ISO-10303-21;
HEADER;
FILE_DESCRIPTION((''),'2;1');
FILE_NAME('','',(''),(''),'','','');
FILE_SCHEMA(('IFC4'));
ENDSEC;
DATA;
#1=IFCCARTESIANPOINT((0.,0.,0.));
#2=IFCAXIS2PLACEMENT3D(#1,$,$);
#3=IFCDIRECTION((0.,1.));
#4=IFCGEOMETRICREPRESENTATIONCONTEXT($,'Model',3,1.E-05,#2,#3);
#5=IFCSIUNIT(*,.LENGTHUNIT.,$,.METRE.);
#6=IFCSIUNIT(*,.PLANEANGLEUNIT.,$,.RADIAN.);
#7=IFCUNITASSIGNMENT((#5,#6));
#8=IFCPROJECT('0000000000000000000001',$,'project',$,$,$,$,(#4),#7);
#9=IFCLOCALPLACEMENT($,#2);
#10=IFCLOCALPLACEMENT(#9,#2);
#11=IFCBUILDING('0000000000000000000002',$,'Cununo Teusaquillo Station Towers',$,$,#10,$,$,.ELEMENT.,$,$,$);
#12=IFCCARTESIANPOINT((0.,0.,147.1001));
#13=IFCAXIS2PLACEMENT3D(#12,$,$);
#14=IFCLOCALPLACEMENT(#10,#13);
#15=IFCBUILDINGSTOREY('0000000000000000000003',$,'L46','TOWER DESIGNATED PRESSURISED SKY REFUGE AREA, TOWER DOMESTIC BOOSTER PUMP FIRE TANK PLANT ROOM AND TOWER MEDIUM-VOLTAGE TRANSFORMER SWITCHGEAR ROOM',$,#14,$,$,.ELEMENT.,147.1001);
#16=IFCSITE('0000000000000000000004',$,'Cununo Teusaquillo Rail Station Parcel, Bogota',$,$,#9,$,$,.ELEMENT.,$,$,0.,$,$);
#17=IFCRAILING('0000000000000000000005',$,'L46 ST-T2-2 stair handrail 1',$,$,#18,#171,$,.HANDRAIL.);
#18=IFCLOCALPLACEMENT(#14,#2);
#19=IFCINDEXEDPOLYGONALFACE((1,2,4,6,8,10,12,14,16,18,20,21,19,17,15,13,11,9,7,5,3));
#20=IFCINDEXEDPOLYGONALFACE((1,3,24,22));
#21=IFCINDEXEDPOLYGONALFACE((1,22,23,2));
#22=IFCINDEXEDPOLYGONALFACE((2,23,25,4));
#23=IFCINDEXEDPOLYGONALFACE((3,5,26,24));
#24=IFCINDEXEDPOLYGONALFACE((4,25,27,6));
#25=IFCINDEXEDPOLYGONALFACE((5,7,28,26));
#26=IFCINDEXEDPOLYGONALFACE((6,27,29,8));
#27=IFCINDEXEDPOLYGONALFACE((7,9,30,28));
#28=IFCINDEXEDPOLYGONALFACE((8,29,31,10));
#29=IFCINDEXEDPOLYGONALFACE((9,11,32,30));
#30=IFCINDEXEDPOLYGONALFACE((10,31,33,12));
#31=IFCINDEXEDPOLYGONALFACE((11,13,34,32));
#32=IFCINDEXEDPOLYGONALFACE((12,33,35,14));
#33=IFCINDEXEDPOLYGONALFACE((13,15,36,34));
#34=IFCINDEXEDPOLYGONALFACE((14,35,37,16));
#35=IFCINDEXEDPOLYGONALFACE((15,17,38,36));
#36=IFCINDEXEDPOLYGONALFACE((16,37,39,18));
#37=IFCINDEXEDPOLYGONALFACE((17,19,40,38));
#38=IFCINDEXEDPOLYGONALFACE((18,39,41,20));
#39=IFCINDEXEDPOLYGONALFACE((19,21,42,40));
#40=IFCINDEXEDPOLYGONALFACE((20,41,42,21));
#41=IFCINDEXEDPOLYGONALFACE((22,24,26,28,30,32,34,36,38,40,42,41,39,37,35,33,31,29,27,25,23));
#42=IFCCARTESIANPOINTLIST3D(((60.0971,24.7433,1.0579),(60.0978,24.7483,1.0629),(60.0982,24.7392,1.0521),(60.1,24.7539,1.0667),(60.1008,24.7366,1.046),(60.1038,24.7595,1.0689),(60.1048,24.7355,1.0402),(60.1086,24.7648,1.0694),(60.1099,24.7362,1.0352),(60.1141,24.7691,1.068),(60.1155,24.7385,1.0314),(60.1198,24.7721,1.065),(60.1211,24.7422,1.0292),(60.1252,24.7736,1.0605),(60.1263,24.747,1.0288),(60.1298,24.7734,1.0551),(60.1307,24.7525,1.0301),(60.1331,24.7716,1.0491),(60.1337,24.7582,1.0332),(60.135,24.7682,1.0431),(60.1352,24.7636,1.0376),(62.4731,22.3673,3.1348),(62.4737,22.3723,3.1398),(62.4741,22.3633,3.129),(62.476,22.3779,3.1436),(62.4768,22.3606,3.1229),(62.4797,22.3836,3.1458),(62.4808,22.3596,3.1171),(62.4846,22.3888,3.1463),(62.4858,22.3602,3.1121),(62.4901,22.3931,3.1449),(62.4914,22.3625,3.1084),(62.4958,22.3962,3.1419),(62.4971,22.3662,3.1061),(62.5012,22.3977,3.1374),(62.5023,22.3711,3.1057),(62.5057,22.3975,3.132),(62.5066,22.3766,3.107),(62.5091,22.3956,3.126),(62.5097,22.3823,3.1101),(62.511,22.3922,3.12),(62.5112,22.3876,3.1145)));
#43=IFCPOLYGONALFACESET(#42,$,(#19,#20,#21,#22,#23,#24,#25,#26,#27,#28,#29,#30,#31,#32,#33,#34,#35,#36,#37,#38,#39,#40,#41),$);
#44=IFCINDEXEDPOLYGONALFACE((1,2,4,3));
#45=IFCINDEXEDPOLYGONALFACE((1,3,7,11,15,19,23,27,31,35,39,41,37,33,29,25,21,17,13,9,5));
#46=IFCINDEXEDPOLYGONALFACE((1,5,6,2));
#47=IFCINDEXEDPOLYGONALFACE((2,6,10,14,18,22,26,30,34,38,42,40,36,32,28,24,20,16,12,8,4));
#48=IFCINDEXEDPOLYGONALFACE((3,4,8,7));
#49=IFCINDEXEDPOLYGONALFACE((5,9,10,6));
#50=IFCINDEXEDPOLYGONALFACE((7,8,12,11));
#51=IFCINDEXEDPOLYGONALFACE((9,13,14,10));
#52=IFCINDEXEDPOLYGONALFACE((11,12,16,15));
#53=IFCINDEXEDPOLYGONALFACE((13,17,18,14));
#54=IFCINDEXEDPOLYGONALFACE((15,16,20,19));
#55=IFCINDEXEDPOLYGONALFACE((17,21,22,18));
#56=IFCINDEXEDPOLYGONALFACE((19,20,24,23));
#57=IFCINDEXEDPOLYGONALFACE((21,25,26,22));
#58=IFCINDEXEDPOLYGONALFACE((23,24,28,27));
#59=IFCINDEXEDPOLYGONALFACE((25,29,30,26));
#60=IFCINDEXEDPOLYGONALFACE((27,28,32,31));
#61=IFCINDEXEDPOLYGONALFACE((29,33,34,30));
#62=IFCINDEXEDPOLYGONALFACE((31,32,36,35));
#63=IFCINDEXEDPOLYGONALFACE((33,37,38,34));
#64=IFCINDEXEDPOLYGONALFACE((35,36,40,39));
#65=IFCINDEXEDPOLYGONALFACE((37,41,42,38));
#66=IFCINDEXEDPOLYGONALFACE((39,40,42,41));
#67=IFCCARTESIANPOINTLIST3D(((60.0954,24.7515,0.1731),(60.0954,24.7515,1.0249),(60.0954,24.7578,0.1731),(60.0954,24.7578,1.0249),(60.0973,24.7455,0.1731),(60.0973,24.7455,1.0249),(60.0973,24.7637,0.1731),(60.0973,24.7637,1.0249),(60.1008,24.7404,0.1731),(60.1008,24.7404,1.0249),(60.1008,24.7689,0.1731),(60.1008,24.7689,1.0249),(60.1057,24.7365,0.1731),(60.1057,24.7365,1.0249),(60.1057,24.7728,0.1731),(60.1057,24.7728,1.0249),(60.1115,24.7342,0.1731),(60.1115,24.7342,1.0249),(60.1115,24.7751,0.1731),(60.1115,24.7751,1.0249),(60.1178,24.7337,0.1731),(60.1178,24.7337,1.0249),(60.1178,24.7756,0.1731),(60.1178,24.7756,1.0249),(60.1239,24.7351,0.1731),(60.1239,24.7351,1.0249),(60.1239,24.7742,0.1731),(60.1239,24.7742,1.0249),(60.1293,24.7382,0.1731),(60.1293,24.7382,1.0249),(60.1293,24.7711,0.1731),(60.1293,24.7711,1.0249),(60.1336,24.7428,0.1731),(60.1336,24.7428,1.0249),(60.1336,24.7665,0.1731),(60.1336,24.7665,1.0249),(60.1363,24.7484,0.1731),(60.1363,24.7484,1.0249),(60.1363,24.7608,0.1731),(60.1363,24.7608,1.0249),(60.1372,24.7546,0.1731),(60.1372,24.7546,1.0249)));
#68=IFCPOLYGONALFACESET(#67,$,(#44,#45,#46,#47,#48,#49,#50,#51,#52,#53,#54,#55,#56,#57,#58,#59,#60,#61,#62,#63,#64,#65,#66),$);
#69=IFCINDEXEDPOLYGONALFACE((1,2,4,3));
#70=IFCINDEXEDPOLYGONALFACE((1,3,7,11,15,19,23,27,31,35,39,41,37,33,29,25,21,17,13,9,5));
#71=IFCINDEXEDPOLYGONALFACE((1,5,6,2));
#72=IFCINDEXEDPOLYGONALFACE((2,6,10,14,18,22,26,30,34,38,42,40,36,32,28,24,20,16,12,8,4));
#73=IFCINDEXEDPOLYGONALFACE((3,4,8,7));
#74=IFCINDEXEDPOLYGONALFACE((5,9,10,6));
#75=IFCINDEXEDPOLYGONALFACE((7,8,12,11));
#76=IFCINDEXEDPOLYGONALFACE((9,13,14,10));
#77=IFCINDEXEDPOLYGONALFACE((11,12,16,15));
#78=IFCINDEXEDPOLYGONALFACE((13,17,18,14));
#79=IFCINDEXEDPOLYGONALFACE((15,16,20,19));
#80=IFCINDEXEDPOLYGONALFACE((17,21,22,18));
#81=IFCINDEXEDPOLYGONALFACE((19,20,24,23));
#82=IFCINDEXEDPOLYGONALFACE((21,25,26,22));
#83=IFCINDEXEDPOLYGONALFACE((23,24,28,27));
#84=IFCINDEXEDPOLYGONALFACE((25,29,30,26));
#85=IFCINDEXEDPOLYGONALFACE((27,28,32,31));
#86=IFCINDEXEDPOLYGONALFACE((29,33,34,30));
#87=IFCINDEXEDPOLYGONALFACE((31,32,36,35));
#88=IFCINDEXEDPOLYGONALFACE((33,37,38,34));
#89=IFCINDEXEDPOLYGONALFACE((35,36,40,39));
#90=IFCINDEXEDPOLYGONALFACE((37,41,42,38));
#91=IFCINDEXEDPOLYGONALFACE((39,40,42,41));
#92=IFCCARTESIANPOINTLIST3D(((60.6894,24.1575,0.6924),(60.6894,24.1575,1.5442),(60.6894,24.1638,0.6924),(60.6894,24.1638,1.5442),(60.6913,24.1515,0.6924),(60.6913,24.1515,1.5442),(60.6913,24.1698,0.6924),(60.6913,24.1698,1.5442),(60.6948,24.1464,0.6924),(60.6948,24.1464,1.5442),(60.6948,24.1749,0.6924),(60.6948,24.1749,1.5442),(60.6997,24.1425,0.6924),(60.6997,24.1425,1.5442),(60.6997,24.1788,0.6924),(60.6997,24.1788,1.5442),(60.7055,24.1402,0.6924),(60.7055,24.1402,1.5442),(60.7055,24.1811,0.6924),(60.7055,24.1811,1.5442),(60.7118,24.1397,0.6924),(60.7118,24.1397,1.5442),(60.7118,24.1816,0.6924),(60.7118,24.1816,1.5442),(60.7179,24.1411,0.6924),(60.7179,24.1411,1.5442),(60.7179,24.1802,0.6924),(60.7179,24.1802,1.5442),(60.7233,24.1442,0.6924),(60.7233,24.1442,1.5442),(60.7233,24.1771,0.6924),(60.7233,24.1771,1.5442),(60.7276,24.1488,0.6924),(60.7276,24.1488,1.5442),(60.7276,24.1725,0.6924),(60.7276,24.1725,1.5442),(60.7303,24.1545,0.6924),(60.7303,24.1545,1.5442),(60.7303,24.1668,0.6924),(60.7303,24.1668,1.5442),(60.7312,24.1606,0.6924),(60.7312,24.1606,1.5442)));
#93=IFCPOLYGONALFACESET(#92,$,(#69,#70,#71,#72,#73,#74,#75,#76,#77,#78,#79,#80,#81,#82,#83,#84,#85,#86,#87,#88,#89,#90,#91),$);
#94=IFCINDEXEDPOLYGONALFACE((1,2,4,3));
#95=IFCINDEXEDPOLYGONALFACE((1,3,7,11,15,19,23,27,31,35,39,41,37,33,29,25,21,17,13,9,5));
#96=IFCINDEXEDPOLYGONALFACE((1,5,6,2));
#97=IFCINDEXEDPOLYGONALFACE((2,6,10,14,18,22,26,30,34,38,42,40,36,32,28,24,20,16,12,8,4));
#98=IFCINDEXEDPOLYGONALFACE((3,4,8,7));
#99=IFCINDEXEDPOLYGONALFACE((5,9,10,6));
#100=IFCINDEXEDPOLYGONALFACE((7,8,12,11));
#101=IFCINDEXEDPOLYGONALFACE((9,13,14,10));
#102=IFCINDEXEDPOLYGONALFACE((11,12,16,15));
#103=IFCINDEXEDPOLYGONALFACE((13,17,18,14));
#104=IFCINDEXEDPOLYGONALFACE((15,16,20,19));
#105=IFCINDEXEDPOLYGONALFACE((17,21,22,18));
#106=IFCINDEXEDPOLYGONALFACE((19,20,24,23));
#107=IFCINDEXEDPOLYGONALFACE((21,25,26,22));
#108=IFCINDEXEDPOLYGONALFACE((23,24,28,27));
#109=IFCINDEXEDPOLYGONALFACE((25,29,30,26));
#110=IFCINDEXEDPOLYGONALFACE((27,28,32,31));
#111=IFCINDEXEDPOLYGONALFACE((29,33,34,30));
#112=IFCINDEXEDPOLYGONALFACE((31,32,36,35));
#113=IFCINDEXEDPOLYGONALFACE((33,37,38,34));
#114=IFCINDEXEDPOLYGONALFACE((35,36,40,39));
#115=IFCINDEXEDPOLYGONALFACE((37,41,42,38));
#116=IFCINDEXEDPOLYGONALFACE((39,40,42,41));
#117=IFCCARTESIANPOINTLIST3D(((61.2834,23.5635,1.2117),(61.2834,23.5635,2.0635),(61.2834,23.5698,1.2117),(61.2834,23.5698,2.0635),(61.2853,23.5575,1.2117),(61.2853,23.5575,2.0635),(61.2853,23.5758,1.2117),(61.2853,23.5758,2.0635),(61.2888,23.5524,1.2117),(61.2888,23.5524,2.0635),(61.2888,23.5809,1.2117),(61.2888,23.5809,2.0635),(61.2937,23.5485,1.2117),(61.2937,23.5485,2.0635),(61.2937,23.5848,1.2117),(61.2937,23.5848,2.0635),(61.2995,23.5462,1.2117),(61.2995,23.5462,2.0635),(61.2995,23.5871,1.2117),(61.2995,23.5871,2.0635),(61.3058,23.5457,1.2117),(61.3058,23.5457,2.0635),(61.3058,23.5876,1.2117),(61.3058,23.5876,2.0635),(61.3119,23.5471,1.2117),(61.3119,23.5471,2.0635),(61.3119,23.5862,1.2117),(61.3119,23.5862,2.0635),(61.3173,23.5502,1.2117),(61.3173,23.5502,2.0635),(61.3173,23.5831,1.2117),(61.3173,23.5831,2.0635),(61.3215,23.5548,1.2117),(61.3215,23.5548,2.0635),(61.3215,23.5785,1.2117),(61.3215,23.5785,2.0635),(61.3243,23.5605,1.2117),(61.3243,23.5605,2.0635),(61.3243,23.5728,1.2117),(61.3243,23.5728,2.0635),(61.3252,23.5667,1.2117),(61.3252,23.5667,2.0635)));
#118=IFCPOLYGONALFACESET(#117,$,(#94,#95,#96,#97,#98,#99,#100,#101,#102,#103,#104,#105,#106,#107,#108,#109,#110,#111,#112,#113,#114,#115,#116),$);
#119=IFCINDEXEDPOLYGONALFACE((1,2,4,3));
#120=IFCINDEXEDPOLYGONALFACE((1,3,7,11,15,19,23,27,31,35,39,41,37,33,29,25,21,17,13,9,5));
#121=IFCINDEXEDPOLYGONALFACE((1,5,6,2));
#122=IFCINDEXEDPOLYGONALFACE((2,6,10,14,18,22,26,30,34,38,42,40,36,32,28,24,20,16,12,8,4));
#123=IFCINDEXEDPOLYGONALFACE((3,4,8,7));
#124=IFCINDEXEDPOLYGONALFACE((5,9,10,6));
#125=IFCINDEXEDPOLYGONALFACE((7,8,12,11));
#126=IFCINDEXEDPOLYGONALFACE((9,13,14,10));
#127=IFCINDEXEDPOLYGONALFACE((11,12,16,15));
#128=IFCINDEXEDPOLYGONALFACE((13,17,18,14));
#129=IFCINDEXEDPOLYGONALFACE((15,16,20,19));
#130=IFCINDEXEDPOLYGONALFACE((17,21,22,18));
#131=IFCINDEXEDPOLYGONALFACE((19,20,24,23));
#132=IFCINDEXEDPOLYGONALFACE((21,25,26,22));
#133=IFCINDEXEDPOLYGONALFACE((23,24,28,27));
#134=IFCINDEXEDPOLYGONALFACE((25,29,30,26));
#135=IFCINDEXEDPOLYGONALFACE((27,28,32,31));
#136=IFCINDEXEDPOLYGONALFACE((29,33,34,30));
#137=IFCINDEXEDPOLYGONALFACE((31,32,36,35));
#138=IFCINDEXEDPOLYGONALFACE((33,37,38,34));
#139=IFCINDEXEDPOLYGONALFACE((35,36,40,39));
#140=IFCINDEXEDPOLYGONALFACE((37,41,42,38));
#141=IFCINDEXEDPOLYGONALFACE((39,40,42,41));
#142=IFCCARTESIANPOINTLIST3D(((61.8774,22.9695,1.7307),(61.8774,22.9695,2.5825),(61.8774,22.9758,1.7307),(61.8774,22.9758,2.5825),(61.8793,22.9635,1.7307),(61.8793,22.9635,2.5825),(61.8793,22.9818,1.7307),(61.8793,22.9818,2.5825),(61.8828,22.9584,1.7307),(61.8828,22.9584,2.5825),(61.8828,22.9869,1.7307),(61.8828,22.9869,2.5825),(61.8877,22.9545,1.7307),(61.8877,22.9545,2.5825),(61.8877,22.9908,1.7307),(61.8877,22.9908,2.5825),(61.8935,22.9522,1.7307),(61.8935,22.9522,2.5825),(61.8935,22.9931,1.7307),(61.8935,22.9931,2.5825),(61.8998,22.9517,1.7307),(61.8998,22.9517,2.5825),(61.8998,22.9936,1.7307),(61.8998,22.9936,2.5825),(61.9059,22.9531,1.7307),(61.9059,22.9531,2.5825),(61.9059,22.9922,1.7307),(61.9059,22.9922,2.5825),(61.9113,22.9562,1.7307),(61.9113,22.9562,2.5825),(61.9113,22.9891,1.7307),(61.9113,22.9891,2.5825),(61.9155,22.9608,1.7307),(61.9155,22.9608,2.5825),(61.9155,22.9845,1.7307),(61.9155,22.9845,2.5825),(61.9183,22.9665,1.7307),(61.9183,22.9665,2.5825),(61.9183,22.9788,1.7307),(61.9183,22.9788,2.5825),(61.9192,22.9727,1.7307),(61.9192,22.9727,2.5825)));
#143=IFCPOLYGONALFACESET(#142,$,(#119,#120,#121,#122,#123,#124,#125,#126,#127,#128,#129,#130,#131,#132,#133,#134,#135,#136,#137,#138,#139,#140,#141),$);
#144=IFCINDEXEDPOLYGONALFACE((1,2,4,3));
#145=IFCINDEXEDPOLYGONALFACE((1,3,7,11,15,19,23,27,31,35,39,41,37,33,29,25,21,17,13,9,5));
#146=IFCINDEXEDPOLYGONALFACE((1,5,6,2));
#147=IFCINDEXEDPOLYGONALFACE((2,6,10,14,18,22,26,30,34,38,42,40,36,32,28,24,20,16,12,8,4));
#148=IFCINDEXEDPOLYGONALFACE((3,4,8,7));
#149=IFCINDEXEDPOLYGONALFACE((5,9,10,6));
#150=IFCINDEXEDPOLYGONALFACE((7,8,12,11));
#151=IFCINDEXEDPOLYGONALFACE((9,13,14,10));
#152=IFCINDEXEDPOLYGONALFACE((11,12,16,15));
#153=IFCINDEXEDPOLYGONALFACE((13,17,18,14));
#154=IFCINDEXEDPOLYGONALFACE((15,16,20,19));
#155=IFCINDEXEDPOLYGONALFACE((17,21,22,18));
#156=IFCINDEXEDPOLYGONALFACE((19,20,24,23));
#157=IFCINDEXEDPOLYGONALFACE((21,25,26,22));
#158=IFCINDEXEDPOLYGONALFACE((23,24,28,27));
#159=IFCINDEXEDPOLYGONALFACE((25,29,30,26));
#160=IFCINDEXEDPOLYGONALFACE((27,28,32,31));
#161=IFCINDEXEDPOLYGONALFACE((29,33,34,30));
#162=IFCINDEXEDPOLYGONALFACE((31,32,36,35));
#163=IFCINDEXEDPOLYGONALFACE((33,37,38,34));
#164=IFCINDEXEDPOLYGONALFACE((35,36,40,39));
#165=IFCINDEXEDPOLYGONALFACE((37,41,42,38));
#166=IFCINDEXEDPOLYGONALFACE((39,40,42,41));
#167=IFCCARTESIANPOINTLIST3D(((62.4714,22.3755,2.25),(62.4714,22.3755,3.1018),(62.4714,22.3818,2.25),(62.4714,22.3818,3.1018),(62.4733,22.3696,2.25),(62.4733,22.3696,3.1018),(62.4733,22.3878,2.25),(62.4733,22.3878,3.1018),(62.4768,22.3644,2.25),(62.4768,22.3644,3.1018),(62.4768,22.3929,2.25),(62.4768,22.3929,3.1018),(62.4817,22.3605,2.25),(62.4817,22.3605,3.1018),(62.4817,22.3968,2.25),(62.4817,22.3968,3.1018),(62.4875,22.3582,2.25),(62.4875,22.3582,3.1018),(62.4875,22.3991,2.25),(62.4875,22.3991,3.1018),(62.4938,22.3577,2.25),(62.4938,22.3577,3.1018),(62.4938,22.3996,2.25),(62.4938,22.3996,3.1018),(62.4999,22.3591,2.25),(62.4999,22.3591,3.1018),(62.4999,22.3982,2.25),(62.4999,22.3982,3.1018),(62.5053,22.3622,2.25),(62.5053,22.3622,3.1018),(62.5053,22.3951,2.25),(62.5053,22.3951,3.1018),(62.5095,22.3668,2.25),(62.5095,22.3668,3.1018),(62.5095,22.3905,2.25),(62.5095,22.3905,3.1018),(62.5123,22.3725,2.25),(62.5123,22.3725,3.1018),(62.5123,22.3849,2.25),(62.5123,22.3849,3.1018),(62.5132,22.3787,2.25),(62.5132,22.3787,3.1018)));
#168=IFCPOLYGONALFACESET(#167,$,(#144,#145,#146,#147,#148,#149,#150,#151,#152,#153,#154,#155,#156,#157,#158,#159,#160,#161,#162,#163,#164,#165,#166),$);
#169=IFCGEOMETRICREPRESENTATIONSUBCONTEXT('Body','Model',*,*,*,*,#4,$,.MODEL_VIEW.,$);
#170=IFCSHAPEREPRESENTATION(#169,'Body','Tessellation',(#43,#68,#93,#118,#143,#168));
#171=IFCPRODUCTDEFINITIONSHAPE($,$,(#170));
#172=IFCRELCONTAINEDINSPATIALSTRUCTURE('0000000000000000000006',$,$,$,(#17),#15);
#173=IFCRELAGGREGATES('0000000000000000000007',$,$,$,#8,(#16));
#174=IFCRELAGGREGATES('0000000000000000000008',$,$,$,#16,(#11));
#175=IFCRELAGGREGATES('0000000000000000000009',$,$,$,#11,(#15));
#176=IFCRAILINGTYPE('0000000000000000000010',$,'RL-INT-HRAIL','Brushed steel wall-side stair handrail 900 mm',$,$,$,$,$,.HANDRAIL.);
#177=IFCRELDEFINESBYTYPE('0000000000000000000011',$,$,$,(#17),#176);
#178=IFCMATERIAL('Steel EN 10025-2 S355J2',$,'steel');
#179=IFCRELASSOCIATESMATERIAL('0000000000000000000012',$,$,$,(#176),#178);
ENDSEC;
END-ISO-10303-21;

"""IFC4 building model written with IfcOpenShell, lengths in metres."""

from ifc_helpers import new_model, si_unit, direction, frame, origin, origin_2d, place, context, subcontext, project, spatial, circle, extrude, material, type_object, element, save


model = new_model("IFC4")

# Units and contexts
model_context = context("Model", 3, precision=1e-05, world=origin(), true_north=direction((0.0, 1.0)))
body_context = subcontext(model_context, "Body", "Model", "MODEL_VIEW")
ifc_project = project(units=[si_unit("LENGTHUNIT", "METRE"), si_unit("PLANEANGLEUNIT", "RADIAN")], contexts=[model_context])

# Site, building, storey
site_placement = place(None, origin())
site = spatial("IfcSite", under=ifc_project, at=site_placement, Name="Cununo Teusaquillo Rail Station Parcel, Bogota", CompositionType="ELEMENT", RefElevation=0.0)
building_placement = place(site_placement, origin())
building = spatial("IfcBuilding", under=site, at=building_placement, Name="Cununo Teusaquillo Station Towers", CompositionType="ELEMENT")
storey_placement = place(building_placement, frame((0.0, 0.0, 147.1001)))
storey = spatial("IfcBuildingStorey", under=building, at=storey_placement, Name="L46", Description="TOWER DESIGNATED PRESSURISED SKY REFUGE AREA, TOWER DOMESTIC BOOSTER PUMP FIRE TANK PLANT ROOM AND TOWER MEDIUM-VOLTAGE TRANSFORMER SWITCHGEAR ROOM", CompositionType="ELEMENT", Elevation=147.1001)

# Railing
ifc_material_1 = material(Name="Steel EN 10025-2 S355J2", Category="steel")
railing_type_1 = type_object("IfcRailingType", Name="RL-INT-HRAIL", Description="Brushed steel wall-side stair handrail 900 mm", PredefinedType="HANDRAIL", material=ifc_material_1)
railing_1_placement = place(storey_placement, frame((60.1162, 24.7546, 0.1731)))
element("IfcRailing", 1, at=railing_1_placement, inside=storey, type_object=railing_type_1, Name="L46 ST-T2-2 stair handrail 1", PredefinedType="HANDRAIL", context=body_context, shape_type="SweptSolid", body=[
    extrude(circle(Radius=0.0239, at=origin_2d()), frame((0.0, 0.0, 0.876), z_axis=(0.601483, -0.601483, 0.525772), x_axis=(0.707107, 0.707107, 0.0)), (0.0, 0.0, 1.0), 3.9502),
    extrude(circle(Radius=0.021, at=origin_2d()), origin(), (0.0, 0.0, 1.0), 0.8518),
    extrude(circle(Radius=0.021, at=origin_2d()), frame((0.594, -0.594, 0.5193)), (0.0, 0.0, 1.0), 0.8518),
    extrude(circle(Radius=0.021, at=origin_2d()), frame((1.188, -1.188, 1.0386)), (0.0, 0.0, 1.0), 0.8518),
    extrude(circle(Radius=0.021, at=origin_2d()), frame((1.782, -1.782, 1.5576)), (0.0, 0.0, 1.0), 0.8518),
    extrude(circle(Radius=0.021, at=origin_2d()), frame((2.376, -2.376, 2.0769)), (0.0, 0.0, 1.0), 0.8518),
])

save(model, "model.ifc")
